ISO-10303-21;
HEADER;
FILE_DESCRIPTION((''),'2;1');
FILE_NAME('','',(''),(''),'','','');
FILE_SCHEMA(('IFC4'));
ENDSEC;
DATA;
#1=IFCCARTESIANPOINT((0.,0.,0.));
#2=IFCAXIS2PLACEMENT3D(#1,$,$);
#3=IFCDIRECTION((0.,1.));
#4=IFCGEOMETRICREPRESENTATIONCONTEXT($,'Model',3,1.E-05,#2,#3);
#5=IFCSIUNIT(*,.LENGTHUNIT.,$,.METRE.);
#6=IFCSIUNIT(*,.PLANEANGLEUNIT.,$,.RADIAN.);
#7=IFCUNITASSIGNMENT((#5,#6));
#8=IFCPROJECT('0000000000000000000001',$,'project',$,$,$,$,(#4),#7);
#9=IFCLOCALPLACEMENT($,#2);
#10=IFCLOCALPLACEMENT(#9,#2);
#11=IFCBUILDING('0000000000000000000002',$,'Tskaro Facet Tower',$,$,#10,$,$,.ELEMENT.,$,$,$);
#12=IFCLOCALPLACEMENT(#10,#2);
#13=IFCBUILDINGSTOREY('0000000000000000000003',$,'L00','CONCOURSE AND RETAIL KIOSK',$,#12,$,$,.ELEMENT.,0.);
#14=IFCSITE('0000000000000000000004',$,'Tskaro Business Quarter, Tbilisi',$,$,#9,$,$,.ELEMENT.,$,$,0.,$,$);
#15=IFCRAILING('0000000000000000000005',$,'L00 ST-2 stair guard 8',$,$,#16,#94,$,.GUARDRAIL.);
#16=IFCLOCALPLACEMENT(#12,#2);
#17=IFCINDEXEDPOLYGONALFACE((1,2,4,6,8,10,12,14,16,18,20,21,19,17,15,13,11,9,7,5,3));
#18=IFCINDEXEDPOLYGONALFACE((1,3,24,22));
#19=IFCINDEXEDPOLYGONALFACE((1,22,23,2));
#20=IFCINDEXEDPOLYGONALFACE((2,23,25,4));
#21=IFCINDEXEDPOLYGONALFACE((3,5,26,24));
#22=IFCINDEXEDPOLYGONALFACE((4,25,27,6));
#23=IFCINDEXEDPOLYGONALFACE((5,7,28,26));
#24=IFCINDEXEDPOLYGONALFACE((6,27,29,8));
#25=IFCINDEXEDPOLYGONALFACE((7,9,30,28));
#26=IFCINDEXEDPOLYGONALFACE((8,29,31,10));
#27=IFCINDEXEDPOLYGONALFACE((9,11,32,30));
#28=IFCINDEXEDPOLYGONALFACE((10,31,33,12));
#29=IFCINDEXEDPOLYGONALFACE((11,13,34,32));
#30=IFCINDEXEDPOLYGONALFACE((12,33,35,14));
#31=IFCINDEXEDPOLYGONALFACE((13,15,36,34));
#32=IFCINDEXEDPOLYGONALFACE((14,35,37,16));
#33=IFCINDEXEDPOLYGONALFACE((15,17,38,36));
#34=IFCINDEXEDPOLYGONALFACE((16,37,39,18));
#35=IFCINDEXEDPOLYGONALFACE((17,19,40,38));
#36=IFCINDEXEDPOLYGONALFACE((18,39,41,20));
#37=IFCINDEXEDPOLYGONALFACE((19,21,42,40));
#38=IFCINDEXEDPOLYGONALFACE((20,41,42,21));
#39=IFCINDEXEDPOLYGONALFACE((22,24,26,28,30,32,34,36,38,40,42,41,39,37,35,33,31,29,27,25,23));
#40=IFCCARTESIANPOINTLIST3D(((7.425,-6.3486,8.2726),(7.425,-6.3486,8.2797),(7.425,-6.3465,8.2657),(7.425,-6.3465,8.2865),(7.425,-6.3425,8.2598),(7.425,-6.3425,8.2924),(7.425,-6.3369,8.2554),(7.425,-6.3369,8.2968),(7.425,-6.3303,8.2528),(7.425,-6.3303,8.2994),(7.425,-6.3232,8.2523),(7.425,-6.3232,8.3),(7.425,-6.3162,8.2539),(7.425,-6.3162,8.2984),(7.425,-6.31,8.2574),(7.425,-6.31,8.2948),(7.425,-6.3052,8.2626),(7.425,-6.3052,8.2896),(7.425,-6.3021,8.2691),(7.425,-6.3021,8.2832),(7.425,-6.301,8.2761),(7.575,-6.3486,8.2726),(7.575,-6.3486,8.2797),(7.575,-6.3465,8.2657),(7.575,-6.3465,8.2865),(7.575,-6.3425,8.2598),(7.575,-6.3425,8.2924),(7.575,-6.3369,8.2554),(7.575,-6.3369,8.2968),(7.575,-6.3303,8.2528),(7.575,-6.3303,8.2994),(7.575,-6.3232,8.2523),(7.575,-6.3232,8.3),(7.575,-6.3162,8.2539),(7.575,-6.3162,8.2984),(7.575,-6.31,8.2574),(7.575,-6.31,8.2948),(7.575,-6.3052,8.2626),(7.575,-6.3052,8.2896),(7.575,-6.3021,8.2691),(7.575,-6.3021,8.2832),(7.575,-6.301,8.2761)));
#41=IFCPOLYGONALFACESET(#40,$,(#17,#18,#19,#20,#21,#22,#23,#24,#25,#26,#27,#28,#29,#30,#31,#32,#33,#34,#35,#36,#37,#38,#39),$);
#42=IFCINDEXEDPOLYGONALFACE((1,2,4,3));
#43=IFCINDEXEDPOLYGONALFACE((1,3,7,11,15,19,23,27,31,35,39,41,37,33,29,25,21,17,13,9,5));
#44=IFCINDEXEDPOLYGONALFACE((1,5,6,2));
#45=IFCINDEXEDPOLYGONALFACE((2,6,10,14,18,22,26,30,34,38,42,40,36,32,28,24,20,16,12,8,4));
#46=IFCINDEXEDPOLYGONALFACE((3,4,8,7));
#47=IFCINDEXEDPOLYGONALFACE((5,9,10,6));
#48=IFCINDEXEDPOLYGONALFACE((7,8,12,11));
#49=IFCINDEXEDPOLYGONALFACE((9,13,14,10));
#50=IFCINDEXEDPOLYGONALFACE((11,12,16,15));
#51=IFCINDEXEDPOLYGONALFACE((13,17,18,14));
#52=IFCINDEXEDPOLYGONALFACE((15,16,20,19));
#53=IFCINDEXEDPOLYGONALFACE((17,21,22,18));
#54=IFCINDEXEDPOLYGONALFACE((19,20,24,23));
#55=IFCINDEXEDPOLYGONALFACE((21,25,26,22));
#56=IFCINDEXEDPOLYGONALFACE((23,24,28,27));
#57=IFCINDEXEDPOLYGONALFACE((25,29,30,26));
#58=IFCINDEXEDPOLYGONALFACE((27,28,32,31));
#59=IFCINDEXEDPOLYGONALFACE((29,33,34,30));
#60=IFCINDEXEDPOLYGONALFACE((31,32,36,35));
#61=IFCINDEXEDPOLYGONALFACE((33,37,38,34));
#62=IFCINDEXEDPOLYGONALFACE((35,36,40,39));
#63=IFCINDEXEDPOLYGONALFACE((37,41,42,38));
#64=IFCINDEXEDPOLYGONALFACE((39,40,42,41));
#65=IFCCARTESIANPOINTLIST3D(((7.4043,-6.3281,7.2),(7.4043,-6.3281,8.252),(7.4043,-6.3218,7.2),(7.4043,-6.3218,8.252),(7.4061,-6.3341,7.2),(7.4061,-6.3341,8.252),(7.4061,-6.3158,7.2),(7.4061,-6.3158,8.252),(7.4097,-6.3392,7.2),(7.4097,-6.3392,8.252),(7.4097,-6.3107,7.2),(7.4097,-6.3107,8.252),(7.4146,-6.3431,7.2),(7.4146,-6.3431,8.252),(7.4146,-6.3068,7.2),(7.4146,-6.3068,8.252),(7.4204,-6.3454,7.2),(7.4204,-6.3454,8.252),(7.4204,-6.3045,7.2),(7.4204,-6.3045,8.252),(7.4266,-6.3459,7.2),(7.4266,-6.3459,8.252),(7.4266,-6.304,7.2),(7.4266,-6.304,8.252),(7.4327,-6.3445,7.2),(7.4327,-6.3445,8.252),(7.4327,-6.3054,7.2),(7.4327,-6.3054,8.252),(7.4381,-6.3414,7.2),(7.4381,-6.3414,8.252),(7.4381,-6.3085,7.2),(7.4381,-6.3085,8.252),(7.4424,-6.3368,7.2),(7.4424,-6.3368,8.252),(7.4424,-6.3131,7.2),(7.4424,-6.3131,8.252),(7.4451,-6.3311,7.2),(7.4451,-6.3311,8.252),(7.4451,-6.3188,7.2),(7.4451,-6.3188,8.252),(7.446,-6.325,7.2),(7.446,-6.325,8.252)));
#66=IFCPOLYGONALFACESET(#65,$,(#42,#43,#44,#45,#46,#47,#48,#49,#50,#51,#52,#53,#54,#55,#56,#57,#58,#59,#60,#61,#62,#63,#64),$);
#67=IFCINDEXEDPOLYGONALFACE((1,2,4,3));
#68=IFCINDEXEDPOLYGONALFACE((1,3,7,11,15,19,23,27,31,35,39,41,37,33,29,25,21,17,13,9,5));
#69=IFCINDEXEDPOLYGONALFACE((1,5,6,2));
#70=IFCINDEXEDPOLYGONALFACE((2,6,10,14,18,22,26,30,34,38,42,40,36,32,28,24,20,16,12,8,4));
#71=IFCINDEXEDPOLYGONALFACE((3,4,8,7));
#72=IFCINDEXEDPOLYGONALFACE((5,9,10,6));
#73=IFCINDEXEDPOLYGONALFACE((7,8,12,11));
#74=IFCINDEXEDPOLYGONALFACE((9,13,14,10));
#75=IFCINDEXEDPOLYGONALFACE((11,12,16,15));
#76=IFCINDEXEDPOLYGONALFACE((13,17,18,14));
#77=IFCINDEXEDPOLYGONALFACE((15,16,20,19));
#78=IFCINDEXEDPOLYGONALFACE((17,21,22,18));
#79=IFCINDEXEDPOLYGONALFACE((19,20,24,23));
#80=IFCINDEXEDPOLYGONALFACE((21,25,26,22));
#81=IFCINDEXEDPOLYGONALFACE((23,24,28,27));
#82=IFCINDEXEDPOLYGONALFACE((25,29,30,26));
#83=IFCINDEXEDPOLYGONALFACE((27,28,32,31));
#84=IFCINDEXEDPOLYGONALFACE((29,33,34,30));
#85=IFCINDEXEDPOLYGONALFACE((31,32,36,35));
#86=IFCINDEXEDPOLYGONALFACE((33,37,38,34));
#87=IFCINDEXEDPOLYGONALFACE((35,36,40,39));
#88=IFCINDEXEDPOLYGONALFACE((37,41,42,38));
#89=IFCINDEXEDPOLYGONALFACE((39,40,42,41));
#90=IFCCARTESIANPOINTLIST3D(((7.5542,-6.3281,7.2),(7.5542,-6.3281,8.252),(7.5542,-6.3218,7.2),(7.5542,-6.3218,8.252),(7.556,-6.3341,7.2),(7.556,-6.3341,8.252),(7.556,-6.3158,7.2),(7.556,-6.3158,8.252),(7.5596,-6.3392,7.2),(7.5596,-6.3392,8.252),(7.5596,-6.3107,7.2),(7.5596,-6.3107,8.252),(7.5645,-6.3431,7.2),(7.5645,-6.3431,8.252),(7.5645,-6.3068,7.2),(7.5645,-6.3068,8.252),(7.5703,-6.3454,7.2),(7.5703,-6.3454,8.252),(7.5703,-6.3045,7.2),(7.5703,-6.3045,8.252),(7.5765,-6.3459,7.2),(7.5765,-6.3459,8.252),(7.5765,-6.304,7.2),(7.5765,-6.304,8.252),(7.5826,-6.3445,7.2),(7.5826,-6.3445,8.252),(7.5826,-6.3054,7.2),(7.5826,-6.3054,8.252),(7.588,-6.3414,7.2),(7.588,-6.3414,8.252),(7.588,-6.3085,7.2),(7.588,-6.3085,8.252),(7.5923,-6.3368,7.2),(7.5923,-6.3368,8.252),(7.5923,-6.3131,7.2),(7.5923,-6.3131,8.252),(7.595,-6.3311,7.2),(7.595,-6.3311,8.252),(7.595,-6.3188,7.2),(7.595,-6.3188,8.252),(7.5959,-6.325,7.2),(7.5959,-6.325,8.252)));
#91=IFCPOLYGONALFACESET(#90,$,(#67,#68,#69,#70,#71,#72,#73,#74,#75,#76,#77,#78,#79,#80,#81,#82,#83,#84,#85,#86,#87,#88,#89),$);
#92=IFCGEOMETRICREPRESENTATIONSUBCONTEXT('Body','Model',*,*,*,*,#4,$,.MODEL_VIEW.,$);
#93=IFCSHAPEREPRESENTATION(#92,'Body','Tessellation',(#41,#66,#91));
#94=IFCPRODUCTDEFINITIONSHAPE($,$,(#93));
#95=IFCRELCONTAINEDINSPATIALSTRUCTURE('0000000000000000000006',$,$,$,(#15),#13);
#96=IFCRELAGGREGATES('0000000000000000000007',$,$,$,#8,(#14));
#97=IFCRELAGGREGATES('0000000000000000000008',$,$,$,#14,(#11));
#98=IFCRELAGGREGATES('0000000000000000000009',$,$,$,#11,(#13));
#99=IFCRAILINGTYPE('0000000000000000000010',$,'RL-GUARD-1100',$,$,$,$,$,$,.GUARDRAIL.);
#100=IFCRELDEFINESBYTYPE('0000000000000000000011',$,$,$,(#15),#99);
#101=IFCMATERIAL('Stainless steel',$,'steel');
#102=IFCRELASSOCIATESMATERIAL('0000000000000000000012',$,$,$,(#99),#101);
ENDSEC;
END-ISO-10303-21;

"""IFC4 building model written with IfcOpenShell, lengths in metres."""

from ifc_helpers import new_model, si_unit, direction, frame, origin, origin_2d, place, context, subcontext, project, spatial, circle, extrude, material, type_object, element, save


model = new_model("IFC4")

# Units and contexts
model_context = context("Model", 3, precision=1e-05, world=origin(), true_north=direction((0.0, 1.0)))
body_context = subcontext(model_context, "Body", "Model", "MODEL_VIEW")
ifc_project = project(units=[si_unit("LENGTHUNIT", "METRE"), si_unit("PLANEANGLEUNIT", "RADIAN")], contexts=[model_context])

# Site, building, storey
site_placement = place(None, origin())
site = spatial("IfcSite", under=ifc_project, at=site_placement, Name="Tskaro Business Quarter, Tbilisi", CompositionType="ELEMENT", RefElevation=0.0)
building_placement = place(site_placement, origin())
building = spatial("IfcBuilding", under=site, at=building_placement, Name="Tskaro Facet Tower", CompositionType="ELEMENT")
storey_placement = place(building_placement, origin())
storey = spatial("IfcBuildingStorey", under=building, at=storey_placement, Name="L00", Description="CONCOURSE AND RETAIL KIOSK", CompositionType="ELEMENT", Elevation=0.0)

# Railing
ifc_material_1 = material(Name="Stainless steel", Category="steel")
railing_type_1 = type_object("IfcRailingType", Name="RL-GUARD-1100", PredefinedType="GUARDRAIL", material=ifc_material_1)
railing_1_placement = place(storey_placement, frame((7.425, -6.325, 7.2)))
element("IfcRailing", 1, at=railing_1_placement, inside=storey, type_object=railing_type_1, Name="L00 ST-2 stair guard 8", PredefinedType="GUARDRAIL", context=body_context, shape_type="SweptSolid", body=[
    extrude(circle(Radius=0.0239, at=origin_2d()), frame((0.0, 0.0, 1.0762), z_axis=(1.0, 0.0, 0.0), x_axis=(0.0, 1.0, 0.0)), (0.0, 0.0, 1.0), 0.1499),
    extrude(circle(Radius=0.021, at=origin_2d()), origin(), (0.0, 0.0, 1.0), 1.052),
    extrude(circle(Radius=0.021, at=origin_2d()), frame((0.1499, 0.0, 0.0)), (0.0, 0.0, 1.0), 1.052),
])

save(model, "model.ifc")
